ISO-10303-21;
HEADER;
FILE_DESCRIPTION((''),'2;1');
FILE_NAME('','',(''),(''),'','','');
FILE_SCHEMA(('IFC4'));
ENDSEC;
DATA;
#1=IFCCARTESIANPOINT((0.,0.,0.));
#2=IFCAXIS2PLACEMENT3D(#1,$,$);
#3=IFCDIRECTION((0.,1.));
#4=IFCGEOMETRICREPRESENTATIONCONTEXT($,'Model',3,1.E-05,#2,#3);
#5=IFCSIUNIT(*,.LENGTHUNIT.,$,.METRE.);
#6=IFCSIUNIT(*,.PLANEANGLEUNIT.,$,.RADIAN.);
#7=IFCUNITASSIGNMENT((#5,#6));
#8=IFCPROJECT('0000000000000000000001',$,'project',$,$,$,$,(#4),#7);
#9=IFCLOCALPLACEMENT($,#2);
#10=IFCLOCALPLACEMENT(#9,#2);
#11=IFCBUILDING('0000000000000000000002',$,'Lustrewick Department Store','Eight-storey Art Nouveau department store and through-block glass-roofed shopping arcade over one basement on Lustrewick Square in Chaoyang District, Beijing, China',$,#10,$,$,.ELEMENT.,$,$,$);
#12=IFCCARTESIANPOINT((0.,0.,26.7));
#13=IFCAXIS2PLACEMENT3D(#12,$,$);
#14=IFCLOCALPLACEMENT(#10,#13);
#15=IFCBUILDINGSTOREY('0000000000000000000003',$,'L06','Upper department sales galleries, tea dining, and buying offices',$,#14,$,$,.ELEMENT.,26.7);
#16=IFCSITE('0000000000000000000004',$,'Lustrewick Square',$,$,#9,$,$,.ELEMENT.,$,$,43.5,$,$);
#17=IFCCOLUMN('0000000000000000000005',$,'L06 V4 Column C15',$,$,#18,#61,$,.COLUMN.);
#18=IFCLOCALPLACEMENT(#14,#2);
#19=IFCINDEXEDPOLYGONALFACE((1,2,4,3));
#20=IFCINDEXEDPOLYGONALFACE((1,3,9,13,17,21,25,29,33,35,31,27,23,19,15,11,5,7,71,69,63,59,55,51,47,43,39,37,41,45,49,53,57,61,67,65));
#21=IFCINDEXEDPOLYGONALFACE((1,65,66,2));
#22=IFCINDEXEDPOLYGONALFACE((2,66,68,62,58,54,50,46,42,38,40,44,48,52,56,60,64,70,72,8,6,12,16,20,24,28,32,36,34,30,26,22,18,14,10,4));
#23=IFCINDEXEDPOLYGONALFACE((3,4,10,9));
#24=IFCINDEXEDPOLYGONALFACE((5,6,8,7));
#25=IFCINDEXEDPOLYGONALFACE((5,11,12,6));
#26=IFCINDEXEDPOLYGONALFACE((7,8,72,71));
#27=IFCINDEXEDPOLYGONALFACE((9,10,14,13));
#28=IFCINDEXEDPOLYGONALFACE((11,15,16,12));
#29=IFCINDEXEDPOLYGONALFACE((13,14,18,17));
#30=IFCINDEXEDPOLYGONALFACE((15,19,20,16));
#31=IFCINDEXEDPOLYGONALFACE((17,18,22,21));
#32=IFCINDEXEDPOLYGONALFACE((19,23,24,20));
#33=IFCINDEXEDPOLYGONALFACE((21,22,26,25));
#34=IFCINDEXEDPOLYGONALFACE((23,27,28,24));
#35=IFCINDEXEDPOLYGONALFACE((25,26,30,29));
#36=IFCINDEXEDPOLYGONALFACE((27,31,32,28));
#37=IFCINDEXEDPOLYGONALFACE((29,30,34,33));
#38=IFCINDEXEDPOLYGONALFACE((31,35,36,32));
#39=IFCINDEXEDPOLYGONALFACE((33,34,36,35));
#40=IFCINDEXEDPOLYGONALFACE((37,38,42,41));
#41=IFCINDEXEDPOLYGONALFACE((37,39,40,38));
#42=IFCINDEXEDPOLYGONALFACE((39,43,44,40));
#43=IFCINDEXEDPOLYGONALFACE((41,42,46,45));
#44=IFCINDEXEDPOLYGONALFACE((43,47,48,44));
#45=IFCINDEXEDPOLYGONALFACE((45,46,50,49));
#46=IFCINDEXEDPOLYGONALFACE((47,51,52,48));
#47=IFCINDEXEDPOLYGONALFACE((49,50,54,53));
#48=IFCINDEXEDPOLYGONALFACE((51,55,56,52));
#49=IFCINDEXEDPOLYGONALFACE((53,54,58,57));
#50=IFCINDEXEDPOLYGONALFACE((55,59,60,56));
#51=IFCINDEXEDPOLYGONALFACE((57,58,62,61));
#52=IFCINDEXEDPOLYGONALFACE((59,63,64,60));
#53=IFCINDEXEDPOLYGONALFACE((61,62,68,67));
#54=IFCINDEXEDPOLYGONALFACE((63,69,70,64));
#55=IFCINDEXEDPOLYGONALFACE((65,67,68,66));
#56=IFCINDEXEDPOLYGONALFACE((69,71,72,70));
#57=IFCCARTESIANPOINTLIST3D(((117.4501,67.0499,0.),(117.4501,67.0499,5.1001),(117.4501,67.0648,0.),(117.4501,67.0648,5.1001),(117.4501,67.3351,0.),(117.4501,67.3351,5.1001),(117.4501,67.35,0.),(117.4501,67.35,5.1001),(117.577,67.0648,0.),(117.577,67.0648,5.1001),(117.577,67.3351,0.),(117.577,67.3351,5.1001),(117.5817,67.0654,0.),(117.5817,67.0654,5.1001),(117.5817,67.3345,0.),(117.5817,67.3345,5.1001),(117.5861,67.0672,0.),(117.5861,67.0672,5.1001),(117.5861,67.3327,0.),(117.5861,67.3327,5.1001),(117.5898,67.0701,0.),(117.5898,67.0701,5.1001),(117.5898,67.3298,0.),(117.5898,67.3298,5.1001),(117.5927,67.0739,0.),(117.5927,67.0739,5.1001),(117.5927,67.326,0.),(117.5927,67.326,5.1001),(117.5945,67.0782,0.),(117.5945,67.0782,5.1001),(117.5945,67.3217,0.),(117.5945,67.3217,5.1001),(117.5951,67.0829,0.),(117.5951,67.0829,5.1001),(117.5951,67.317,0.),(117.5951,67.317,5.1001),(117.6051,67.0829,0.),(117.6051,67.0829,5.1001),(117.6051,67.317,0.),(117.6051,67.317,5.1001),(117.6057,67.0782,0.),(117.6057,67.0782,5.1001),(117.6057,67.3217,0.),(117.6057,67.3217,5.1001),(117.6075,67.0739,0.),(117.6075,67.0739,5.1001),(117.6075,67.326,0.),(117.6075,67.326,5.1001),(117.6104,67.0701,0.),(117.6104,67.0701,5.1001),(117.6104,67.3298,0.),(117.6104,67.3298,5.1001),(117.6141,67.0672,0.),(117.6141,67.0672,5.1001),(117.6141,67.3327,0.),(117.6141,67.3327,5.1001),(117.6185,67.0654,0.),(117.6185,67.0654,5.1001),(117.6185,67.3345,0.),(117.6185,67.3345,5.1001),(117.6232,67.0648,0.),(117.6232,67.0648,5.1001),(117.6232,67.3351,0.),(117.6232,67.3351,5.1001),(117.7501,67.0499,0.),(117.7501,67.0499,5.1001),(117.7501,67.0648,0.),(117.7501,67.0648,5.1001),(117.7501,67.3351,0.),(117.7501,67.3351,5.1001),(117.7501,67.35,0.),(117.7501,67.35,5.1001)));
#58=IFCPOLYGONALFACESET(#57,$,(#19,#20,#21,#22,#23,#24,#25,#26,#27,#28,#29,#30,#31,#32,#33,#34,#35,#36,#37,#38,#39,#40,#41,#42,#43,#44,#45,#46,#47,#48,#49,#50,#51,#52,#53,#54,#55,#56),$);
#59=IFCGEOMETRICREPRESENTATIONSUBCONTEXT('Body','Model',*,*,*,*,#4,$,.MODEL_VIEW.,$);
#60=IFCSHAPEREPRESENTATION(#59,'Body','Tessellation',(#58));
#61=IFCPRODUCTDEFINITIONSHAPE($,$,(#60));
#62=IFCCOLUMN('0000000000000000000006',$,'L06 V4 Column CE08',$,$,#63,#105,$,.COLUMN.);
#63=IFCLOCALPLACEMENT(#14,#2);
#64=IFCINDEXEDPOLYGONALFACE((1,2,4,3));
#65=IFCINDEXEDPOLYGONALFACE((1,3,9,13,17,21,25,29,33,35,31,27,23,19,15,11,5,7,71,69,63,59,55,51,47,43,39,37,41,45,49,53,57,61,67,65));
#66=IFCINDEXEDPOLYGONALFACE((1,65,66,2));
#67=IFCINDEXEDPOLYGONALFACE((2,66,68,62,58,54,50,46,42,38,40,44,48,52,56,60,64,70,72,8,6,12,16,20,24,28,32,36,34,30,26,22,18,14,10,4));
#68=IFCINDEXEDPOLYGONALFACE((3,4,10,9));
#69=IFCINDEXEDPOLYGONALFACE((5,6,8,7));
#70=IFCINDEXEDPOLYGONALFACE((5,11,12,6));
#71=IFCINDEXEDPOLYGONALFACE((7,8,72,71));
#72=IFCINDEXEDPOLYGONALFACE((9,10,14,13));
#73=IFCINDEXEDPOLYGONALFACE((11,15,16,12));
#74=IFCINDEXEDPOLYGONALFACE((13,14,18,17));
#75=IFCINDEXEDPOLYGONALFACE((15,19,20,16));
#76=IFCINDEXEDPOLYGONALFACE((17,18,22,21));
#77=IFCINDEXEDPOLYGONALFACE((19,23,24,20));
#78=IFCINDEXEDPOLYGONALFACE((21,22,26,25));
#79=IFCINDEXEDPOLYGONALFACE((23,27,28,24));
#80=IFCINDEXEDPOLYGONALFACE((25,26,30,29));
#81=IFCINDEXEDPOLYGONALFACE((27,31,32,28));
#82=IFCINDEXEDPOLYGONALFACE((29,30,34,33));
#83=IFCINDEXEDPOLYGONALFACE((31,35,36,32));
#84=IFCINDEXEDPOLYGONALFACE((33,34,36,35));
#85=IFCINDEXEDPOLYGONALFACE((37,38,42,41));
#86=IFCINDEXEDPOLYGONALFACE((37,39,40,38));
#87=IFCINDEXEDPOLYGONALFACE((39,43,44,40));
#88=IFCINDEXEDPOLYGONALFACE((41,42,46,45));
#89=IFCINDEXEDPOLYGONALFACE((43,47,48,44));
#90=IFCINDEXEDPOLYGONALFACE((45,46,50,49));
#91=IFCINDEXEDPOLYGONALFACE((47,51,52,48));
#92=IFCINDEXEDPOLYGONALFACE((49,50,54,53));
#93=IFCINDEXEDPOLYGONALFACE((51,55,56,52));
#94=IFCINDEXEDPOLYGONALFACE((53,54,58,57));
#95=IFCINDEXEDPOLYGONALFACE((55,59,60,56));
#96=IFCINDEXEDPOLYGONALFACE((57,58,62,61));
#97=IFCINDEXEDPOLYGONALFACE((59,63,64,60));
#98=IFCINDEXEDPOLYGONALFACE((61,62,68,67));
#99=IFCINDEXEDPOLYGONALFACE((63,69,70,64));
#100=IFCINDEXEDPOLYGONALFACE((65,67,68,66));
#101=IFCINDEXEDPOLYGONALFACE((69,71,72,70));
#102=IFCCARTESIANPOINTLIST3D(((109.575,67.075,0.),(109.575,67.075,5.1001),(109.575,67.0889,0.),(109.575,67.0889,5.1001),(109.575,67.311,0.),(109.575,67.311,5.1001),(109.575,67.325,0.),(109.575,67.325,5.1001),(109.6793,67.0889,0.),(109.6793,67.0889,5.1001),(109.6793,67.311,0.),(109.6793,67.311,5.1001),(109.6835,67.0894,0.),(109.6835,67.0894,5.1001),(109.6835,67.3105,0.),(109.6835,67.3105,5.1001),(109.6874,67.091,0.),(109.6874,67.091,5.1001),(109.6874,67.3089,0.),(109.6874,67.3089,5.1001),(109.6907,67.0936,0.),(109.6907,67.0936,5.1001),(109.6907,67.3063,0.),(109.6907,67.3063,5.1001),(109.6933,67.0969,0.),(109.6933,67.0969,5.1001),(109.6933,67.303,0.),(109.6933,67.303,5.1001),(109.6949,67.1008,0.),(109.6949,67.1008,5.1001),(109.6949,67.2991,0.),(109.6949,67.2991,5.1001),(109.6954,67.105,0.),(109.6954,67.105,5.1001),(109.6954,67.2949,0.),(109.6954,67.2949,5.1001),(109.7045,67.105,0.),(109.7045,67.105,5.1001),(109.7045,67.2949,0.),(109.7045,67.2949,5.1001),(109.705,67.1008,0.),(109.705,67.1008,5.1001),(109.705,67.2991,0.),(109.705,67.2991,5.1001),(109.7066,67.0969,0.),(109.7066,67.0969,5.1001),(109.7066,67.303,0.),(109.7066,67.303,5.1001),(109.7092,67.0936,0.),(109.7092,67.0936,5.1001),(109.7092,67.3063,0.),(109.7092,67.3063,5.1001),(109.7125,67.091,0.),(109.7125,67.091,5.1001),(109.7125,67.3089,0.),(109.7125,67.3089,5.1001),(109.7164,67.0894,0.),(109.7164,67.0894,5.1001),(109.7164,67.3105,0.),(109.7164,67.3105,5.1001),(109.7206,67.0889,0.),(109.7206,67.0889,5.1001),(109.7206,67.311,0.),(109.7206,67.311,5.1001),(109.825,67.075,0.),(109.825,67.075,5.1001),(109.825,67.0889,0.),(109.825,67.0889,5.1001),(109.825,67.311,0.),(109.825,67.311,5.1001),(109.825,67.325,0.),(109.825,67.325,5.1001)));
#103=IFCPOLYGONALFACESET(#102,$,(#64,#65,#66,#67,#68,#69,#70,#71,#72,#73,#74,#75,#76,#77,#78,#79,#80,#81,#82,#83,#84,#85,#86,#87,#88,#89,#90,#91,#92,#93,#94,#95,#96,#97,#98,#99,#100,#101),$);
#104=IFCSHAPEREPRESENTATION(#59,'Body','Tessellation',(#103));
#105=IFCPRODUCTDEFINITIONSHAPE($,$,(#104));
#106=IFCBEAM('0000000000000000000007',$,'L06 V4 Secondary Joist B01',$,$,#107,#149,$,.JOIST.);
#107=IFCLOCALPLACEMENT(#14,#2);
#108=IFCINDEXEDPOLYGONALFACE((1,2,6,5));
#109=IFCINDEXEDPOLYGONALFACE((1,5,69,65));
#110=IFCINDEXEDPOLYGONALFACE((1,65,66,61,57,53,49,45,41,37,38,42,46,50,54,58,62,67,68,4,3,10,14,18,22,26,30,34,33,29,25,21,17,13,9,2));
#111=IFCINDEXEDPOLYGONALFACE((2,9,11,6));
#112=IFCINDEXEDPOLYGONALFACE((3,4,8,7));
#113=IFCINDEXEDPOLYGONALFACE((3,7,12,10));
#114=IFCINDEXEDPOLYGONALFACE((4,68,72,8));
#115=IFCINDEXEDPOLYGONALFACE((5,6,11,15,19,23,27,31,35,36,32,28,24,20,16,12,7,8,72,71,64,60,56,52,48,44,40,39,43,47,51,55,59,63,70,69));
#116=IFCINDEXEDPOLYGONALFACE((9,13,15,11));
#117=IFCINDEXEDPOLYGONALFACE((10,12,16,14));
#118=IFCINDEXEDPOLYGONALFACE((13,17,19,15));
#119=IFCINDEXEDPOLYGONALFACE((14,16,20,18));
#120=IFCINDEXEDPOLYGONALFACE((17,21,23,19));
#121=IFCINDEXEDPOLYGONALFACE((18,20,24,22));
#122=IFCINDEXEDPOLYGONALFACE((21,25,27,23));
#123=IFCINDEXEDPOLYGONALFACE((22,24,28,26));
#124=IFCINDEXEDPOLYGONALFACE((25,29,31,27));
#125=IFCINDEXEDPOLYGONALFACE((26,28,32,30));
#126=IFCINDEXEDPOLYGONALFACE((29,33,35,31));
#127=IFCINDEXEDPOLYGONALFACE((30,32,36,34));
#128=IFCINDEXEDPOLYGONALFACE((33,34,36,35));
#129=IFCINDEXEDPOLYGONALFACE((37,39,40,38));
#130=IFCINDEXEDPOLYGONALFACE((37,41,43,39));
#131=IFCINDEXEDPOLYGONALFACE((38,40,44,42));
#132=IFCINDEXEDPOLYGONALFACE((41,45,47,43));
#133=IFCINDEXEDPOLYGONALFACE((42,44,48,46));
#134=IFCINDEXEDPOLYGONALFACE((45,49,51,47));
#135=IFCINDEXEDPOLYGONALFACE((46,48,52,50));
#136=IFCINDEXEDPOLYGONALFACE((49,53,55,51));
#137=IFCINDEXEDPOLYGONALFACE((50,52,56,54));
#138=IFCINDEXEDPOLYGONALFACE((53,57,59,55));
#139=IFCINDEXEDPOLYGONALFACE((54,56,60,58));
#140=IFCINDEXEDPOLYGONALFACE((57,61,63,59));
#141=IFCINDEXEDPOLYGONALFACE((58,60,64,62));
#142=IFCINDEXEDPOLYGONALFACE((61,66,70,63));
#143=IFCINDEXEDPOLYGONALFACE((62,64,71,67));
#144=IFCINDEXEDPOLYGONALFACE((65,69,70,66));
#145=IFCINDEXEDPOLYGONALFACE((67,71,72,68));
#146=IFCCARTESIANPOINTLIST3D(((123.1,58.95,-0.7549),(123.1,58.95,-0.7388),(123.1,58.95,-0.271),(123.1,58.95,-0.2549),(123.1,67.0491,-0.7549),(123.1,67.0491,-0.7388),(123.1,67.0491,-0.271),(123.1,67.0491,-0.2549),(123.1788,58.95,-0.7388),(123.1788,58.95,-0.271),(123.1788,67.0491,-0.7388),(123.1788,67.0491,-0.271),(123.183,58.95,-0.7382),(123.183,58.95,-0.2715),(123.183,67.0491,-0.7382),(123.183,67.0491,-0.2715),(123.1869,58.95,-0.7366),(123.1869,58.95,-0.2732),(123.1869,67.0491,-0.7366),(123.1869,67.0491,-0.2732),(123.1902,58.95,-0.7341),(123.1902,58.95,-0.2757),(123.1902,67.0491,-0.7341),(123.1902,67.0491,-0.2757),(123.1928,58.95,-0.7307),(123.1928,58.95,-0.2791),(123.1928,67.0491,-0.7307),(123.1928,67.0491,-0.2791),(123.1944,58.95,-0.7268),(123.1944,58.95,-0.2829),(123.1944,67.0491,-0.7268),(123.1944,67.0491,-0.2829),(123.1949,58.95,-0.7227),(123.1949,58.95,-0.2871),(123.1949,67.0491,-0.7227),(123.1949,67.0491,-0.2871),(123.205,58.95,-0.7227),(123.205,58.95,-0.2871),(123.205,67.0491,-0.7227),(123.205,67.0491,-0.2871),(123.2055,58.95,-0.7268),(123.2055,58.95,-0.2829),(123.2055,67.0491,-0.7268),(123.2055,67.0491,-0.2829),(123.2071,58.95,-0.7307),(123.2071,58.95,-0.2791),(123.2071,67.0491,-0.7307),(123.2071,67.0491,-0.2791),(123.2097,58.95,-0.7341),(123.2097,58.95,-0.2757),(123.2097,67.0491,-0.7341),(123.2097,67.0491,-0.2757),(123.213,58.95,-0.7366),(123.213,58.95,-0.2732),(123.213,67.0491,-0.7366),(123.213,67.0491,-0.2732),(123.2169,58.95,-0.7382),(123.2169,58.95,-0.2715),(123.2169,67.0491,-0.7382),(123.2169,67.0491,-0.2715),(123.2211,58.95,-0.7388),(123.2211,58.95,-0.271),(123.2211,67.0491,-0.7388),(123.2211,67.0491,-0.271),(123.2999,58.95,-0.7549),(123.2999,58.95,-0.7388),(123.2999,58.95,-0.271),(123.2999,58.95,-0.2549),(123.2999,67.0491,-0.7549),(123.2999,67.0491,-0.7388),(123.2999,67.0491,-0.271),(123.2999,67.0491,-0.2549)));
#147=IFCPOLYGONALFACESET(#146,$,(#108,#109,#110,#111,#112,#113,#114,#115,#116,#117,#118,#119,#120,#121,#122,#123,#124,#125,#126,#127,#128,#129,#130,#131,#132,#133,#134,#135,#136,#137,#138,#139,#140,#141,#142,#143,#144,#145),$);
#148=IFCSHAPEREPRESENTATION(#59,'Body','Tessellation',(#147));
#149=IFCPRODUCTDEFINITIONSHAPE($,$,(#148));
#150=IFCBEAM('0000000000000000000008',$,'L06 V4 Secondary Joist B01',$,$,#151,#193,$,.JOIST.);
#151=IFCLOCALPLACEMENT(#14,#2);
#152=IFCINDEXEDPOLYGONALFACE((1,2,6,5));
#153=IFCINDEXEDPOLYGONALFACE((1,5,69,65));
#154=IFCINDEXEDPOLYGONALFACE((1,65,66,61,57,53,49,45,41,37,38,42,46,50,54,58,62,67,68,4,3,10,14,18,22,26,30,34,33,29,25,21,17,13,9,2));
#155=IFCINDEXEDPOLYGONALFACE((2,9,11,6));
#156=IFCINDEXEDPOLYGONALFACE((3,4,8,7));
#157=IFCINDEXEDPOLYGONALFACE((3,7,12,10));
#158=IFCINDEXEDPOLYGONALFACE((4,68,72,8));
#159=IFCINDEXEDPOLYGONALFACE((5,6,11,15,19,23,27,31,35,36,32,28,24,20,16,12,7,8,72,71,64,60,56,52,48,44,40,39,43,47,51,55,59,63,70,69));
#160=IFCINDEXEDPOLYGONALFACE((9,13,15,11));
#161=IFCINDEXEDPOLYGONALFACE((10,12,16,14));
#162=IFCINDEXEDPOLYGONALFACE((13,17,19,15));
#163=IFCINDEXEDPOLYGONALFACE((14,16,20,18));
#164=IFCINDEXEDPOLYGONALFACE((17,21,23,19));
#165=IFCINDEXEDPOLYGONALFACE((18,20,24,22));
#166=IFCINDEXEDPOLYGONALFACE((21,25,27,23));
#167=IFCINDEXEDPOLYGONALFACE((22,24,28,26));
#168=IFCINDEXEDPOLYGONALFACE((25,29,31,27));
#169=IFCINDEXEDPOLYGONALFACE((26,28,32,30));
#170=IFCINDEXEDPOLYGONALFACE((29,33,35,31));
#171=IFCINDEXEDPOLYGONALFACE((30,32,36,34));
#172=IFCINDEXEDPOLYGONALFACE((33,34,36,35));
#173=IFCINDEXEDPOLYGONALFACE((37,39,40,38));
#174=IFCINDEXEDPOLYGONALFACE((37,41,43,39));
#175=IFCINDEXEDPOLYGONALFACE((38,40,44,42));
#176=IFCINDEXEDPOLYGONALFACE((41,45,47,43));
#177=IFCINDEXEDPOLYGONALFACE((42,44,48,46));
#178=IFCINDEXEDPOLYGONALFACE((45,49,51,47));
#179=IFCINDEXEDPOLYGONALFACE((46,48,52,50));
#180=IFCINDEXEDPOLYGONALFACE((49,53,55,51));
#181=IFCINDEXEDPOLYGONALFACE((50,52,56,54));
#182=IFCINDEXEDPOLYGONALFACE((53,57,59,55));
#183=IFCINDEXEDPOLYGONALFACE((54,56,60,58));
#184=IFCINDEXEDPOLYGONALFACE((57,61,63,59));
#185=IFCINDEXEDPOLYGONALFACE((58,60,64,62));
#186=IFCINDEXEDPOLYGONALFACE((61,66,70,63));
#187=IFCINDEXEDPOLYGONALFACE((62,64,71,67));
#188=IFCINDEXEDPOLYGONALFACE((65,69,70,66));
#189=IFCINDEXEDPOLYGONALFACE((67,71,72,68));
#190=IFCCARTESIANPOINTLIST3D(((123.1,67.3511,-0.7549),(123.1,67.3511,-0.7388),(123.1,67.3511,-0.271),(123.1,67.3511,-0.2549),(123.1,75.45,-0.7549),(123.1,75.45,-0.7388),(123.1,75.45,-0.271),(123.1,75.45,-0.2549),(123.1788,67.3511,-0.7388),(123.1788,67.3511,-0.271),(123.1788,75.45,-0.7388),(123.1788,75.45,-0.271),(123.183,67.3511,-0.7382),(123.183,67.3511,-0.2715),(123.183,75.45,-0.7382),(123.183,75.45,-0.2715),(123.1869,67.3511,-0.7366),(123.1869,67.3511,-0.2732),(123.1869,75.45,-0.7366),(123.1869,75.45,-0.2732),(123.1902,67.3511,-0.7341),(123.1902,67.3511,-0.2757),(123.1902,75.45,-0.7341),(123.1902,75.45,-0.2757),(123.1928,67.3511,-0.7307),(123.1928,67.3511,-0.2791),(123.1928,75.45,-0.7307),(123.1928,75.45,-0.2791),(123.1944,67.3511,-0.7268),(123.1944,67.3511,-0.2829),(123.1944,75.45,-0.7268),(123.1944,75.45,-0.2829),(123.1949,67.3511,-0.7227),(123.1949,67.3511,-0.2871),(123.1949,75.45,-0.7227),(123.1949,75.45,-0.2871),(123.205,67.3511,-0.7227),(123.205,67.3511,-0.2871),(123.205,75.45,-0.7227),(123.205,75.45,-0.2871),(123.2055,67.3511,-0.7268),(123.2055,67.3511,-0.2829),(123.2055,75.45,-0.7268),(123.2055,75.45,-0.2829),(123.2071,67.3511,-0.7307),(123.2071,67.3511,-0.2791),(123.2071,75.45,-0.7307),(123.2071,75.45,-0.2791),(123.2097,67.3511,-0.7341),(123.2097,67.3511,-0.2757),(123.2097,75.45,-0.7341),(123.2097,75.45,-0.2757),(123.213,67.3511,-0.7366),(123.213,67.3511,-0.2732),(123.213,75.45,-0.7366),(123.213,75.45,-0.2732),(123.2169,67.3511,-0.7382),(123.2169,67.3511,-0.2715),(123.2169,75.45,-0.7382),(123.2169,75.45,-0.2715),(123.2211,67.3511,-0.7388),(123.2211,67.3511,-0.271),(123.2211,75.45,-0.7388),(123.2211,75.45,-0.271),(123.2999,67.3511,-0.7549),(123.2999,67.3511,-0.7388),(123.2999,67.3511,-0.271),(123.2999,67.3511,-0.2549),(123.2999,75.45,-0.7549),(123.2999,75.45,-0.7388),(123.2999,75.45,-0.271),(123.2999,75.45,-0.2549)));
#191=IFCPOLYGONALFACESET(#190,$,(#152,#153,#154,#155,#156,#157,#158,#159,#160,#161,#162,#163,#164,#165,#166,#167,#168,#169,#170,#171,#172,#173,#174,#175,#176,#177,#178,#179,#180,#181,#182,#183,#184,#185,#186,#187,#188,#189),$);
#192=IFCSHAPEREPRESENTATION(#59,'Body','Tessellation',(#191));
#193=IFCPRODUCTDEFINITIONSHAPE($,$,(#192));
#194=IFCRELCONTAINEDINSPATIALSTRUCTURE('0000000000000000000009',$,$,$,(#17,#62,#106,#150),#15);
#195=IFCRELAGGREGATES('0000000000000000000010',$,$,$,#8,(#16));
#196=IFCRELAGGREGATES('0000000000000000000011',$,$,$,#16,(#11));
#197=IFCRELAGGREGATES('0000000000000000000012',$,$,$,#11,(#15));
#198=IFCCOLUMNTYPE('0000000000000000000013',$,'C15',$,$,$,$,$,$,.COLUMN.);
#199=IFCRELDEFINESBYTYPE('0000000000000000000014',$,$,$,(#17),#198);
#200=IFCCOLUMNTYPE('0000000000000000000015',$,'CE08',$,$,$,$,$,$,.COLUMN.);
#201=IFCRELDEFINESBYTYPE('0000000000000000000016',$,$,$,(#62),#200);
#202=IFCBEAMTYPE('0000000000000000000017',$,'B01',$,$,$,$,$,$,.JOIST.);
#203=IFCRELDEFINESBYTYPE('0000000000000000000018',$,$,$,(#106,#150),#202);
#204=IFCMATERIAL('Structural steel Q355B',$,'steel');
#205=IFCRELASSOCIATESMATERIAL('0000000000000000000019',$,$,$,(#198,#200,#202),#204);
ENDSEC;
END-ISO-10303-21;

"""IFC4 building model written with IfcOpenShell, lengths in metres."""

from ifc_helpers import new_model, si_unit, direction, frame, origin, origin_2d, place, context, subcontext, project, spatial, i_section, extrude, material, material_profile, profile_set, type_object, element, save


model = new_model("IFC4")

# Units and contexts
model_context = context("Model", 3, precision=1e-05, world=origin(), true_north=direction((0.0, 1.0)))
body_context = subcontext(model_context, "Body", "Model", "MODEL_VIEW")
ifc_project = project(units=[si_unit("LENGTHUNIT", "METRE"), si_unit("PLANEANGLEUNIT", "RADIAN")], contexts=[model_context])

# Site, building, storey
site_placement = place(None, origin())
site = spatial("IfcSite", under=ifc_project, at=site_placement, Name="Lustrewick Square", CompositionType="ELEMENT", RefElevation=43.5)
building_placement = place(site_placement, origin())
building = spatial("IfcBuilding", under=site, at=building_placement, Name="Lustrewick Department Store", Description="Eight-storey Art Nouveau department store and through-block glass-roofed shopping arcade over one basement on Lustrewick Square in Chaoyang District, Beijing, China", CompositionType="ELEMENT")
storey_placement = place(building_placement, frame((0.0, 0.0, 26.7)))
storey = spatial("IfcBuildingStorey", under=building, at=storey_placement, Name="L06", Description="Upper department sales galleries, tea dining, and buying offices", CompositionType="ELEMENT", Elevation=26.7)

# Columns
ifc_material_1 = material(Name="Structural steel Q355B", Category="steel")
ifc_material_profile_1 = material_profile(ifc_material_1, i_section(OverallWidth=0.3, OverallDepth=0.3, WebThickness=0.01, FlangeThickness=0.0149, FilletRadius=0.0181, at=origin_2d()), Name="HW 300x300x10x15")
ifc_profile_set_1 = profile_set([ifc_material_profile_1], Name="Structural steel Q355B")
column_type_1 = type_object("IfcColumnType", Name="C15", PredefinedType="COLUMN", material=ifc_profile_set_1)
column_1_placement = place(storey_placement, frame((117.6001, 67.2, 0.0), z_axis=(0.0, 0.0, 1.0), x_axis=(1.0, 0.0, 0.0)))
element("IfcColumn", 1, at=column_1_placement, inside=storey, type_object=column_type_1, Name="L06 V4 Column C15", PredefinedType="COLUMN", context=body_context, shape_type="SweptSolid", body=[
    extrude(i_section(OverallWidth=0.3, OverallDepth=0.3, WebThickness=0.01, FlangeThickness=0.0149, FilletRadius=0.0181, at=origin_2d()), origin(), (0.0, 0.0, 1.0), 5.1001),
])
ifc_material_profile_2 = material_profile(ifc_material_1, i_section(OverallWidth=0.25, OverallDepth=0.25, WebThickness=0.009, FlangeThickness=0.0139, FilletRadius=0.0161, at=origin_2d()), Name="HW 250x250x9x14")
ifc_profile_set_2 = profile_set([ifc_material_profile_2], Name="Structural steel Q355B")
column_type_2 = type_object("IfcColumnType", Name="CE08", PredefinedType="COLUMN", material=ifc_profile_set_2)
column_2_placement = place(storey_placement, frame((109.7, 67.2, 0.0), z_axis=(0.0, 0.0, 1.0), x_axis=(1.0, 0.0, 0.0)))
element("IfcColumn", 2, at=column_2_placement, inside=storey, type_object=column_type_2, Name="L06 V4 Column CE08", PredefinedType="COLUMN", context=body_context, shape_type="SweptSolid", body=[
    extrude(i_section(OverallWidth=0.25, OverallDepth=0.25, WebThickness=0.009, FlangeThickness=0.0139, FilletRadius=0.0161, at=origin_2d()), origin(), (0.0, 0.0, 1.0), 5.1001),
])

# Beams
ifc_material_profile_3 = material_profile(ifc_material_1, i_section(OverallWidth=0.2, OverallDepth=0.5, WebThickness=0.01, FlangeThickness=0.0161, FilletRadius=0.0161, at=origin_2d()), Name="HN 500x200x10x16")
ifc_profile_set_3 = profile_set([ifc_material_profile_3], Name="Structural steel Q355B")
beam_type_1 = type_object("IfcBeamType", Name="B01", PredefinedType="JOIST", material=ifc_profile_set_3)
beam_1_placement = place(storey_placement, frame((123.2, 58.95, -0.5049), z_axis=(0.0, 1.0, 0.0), x_axis=(-1.0, 0.0, 0.0)))
element("IfcBeam", 3, at=beam_1_placement, inside=storey, type_object=beam_type_1, Name="L06 V4 Secondary Joist B01", PredefinedType="JOIST", context=body_context, shape_type="SweptSolid", body=[
    extrude(i_section(OverallWidth=0.2, OverallDepth=0.5, WebThickness=0.01, FlangeThickness=0.0161, FilletRadius=0.0161, at=origin_2d()), origin(), (0.0, 0.0, 1.0), 8.0991),
])
beam_2_placement = place(storey_placement, frame((123.2, 67.3511, -0.5049), z_axis=(0.0, 1.0, 0.0), x_axis=(-1.0, 0.0, 0.0)))
element("IfcBeam", 4, at=beam_2_placement, inside=storey, type_object=beam_type_1, Name="L06 V4 Secondary Joist B01", PredefinedType="JOIST", context=body_context, shape_type="SweptSolid", body=[
    extrude(i_section(OverallWidth=0.2, OverallDepth=0.5, WebThickness=0.01, FlangeThickness=0.0161, FilletRadius=0.0161, at=origin_2d()), origin(), (0.0, 0.0, 1.0), 8.0989),
])

save(model, "model.ifc")
